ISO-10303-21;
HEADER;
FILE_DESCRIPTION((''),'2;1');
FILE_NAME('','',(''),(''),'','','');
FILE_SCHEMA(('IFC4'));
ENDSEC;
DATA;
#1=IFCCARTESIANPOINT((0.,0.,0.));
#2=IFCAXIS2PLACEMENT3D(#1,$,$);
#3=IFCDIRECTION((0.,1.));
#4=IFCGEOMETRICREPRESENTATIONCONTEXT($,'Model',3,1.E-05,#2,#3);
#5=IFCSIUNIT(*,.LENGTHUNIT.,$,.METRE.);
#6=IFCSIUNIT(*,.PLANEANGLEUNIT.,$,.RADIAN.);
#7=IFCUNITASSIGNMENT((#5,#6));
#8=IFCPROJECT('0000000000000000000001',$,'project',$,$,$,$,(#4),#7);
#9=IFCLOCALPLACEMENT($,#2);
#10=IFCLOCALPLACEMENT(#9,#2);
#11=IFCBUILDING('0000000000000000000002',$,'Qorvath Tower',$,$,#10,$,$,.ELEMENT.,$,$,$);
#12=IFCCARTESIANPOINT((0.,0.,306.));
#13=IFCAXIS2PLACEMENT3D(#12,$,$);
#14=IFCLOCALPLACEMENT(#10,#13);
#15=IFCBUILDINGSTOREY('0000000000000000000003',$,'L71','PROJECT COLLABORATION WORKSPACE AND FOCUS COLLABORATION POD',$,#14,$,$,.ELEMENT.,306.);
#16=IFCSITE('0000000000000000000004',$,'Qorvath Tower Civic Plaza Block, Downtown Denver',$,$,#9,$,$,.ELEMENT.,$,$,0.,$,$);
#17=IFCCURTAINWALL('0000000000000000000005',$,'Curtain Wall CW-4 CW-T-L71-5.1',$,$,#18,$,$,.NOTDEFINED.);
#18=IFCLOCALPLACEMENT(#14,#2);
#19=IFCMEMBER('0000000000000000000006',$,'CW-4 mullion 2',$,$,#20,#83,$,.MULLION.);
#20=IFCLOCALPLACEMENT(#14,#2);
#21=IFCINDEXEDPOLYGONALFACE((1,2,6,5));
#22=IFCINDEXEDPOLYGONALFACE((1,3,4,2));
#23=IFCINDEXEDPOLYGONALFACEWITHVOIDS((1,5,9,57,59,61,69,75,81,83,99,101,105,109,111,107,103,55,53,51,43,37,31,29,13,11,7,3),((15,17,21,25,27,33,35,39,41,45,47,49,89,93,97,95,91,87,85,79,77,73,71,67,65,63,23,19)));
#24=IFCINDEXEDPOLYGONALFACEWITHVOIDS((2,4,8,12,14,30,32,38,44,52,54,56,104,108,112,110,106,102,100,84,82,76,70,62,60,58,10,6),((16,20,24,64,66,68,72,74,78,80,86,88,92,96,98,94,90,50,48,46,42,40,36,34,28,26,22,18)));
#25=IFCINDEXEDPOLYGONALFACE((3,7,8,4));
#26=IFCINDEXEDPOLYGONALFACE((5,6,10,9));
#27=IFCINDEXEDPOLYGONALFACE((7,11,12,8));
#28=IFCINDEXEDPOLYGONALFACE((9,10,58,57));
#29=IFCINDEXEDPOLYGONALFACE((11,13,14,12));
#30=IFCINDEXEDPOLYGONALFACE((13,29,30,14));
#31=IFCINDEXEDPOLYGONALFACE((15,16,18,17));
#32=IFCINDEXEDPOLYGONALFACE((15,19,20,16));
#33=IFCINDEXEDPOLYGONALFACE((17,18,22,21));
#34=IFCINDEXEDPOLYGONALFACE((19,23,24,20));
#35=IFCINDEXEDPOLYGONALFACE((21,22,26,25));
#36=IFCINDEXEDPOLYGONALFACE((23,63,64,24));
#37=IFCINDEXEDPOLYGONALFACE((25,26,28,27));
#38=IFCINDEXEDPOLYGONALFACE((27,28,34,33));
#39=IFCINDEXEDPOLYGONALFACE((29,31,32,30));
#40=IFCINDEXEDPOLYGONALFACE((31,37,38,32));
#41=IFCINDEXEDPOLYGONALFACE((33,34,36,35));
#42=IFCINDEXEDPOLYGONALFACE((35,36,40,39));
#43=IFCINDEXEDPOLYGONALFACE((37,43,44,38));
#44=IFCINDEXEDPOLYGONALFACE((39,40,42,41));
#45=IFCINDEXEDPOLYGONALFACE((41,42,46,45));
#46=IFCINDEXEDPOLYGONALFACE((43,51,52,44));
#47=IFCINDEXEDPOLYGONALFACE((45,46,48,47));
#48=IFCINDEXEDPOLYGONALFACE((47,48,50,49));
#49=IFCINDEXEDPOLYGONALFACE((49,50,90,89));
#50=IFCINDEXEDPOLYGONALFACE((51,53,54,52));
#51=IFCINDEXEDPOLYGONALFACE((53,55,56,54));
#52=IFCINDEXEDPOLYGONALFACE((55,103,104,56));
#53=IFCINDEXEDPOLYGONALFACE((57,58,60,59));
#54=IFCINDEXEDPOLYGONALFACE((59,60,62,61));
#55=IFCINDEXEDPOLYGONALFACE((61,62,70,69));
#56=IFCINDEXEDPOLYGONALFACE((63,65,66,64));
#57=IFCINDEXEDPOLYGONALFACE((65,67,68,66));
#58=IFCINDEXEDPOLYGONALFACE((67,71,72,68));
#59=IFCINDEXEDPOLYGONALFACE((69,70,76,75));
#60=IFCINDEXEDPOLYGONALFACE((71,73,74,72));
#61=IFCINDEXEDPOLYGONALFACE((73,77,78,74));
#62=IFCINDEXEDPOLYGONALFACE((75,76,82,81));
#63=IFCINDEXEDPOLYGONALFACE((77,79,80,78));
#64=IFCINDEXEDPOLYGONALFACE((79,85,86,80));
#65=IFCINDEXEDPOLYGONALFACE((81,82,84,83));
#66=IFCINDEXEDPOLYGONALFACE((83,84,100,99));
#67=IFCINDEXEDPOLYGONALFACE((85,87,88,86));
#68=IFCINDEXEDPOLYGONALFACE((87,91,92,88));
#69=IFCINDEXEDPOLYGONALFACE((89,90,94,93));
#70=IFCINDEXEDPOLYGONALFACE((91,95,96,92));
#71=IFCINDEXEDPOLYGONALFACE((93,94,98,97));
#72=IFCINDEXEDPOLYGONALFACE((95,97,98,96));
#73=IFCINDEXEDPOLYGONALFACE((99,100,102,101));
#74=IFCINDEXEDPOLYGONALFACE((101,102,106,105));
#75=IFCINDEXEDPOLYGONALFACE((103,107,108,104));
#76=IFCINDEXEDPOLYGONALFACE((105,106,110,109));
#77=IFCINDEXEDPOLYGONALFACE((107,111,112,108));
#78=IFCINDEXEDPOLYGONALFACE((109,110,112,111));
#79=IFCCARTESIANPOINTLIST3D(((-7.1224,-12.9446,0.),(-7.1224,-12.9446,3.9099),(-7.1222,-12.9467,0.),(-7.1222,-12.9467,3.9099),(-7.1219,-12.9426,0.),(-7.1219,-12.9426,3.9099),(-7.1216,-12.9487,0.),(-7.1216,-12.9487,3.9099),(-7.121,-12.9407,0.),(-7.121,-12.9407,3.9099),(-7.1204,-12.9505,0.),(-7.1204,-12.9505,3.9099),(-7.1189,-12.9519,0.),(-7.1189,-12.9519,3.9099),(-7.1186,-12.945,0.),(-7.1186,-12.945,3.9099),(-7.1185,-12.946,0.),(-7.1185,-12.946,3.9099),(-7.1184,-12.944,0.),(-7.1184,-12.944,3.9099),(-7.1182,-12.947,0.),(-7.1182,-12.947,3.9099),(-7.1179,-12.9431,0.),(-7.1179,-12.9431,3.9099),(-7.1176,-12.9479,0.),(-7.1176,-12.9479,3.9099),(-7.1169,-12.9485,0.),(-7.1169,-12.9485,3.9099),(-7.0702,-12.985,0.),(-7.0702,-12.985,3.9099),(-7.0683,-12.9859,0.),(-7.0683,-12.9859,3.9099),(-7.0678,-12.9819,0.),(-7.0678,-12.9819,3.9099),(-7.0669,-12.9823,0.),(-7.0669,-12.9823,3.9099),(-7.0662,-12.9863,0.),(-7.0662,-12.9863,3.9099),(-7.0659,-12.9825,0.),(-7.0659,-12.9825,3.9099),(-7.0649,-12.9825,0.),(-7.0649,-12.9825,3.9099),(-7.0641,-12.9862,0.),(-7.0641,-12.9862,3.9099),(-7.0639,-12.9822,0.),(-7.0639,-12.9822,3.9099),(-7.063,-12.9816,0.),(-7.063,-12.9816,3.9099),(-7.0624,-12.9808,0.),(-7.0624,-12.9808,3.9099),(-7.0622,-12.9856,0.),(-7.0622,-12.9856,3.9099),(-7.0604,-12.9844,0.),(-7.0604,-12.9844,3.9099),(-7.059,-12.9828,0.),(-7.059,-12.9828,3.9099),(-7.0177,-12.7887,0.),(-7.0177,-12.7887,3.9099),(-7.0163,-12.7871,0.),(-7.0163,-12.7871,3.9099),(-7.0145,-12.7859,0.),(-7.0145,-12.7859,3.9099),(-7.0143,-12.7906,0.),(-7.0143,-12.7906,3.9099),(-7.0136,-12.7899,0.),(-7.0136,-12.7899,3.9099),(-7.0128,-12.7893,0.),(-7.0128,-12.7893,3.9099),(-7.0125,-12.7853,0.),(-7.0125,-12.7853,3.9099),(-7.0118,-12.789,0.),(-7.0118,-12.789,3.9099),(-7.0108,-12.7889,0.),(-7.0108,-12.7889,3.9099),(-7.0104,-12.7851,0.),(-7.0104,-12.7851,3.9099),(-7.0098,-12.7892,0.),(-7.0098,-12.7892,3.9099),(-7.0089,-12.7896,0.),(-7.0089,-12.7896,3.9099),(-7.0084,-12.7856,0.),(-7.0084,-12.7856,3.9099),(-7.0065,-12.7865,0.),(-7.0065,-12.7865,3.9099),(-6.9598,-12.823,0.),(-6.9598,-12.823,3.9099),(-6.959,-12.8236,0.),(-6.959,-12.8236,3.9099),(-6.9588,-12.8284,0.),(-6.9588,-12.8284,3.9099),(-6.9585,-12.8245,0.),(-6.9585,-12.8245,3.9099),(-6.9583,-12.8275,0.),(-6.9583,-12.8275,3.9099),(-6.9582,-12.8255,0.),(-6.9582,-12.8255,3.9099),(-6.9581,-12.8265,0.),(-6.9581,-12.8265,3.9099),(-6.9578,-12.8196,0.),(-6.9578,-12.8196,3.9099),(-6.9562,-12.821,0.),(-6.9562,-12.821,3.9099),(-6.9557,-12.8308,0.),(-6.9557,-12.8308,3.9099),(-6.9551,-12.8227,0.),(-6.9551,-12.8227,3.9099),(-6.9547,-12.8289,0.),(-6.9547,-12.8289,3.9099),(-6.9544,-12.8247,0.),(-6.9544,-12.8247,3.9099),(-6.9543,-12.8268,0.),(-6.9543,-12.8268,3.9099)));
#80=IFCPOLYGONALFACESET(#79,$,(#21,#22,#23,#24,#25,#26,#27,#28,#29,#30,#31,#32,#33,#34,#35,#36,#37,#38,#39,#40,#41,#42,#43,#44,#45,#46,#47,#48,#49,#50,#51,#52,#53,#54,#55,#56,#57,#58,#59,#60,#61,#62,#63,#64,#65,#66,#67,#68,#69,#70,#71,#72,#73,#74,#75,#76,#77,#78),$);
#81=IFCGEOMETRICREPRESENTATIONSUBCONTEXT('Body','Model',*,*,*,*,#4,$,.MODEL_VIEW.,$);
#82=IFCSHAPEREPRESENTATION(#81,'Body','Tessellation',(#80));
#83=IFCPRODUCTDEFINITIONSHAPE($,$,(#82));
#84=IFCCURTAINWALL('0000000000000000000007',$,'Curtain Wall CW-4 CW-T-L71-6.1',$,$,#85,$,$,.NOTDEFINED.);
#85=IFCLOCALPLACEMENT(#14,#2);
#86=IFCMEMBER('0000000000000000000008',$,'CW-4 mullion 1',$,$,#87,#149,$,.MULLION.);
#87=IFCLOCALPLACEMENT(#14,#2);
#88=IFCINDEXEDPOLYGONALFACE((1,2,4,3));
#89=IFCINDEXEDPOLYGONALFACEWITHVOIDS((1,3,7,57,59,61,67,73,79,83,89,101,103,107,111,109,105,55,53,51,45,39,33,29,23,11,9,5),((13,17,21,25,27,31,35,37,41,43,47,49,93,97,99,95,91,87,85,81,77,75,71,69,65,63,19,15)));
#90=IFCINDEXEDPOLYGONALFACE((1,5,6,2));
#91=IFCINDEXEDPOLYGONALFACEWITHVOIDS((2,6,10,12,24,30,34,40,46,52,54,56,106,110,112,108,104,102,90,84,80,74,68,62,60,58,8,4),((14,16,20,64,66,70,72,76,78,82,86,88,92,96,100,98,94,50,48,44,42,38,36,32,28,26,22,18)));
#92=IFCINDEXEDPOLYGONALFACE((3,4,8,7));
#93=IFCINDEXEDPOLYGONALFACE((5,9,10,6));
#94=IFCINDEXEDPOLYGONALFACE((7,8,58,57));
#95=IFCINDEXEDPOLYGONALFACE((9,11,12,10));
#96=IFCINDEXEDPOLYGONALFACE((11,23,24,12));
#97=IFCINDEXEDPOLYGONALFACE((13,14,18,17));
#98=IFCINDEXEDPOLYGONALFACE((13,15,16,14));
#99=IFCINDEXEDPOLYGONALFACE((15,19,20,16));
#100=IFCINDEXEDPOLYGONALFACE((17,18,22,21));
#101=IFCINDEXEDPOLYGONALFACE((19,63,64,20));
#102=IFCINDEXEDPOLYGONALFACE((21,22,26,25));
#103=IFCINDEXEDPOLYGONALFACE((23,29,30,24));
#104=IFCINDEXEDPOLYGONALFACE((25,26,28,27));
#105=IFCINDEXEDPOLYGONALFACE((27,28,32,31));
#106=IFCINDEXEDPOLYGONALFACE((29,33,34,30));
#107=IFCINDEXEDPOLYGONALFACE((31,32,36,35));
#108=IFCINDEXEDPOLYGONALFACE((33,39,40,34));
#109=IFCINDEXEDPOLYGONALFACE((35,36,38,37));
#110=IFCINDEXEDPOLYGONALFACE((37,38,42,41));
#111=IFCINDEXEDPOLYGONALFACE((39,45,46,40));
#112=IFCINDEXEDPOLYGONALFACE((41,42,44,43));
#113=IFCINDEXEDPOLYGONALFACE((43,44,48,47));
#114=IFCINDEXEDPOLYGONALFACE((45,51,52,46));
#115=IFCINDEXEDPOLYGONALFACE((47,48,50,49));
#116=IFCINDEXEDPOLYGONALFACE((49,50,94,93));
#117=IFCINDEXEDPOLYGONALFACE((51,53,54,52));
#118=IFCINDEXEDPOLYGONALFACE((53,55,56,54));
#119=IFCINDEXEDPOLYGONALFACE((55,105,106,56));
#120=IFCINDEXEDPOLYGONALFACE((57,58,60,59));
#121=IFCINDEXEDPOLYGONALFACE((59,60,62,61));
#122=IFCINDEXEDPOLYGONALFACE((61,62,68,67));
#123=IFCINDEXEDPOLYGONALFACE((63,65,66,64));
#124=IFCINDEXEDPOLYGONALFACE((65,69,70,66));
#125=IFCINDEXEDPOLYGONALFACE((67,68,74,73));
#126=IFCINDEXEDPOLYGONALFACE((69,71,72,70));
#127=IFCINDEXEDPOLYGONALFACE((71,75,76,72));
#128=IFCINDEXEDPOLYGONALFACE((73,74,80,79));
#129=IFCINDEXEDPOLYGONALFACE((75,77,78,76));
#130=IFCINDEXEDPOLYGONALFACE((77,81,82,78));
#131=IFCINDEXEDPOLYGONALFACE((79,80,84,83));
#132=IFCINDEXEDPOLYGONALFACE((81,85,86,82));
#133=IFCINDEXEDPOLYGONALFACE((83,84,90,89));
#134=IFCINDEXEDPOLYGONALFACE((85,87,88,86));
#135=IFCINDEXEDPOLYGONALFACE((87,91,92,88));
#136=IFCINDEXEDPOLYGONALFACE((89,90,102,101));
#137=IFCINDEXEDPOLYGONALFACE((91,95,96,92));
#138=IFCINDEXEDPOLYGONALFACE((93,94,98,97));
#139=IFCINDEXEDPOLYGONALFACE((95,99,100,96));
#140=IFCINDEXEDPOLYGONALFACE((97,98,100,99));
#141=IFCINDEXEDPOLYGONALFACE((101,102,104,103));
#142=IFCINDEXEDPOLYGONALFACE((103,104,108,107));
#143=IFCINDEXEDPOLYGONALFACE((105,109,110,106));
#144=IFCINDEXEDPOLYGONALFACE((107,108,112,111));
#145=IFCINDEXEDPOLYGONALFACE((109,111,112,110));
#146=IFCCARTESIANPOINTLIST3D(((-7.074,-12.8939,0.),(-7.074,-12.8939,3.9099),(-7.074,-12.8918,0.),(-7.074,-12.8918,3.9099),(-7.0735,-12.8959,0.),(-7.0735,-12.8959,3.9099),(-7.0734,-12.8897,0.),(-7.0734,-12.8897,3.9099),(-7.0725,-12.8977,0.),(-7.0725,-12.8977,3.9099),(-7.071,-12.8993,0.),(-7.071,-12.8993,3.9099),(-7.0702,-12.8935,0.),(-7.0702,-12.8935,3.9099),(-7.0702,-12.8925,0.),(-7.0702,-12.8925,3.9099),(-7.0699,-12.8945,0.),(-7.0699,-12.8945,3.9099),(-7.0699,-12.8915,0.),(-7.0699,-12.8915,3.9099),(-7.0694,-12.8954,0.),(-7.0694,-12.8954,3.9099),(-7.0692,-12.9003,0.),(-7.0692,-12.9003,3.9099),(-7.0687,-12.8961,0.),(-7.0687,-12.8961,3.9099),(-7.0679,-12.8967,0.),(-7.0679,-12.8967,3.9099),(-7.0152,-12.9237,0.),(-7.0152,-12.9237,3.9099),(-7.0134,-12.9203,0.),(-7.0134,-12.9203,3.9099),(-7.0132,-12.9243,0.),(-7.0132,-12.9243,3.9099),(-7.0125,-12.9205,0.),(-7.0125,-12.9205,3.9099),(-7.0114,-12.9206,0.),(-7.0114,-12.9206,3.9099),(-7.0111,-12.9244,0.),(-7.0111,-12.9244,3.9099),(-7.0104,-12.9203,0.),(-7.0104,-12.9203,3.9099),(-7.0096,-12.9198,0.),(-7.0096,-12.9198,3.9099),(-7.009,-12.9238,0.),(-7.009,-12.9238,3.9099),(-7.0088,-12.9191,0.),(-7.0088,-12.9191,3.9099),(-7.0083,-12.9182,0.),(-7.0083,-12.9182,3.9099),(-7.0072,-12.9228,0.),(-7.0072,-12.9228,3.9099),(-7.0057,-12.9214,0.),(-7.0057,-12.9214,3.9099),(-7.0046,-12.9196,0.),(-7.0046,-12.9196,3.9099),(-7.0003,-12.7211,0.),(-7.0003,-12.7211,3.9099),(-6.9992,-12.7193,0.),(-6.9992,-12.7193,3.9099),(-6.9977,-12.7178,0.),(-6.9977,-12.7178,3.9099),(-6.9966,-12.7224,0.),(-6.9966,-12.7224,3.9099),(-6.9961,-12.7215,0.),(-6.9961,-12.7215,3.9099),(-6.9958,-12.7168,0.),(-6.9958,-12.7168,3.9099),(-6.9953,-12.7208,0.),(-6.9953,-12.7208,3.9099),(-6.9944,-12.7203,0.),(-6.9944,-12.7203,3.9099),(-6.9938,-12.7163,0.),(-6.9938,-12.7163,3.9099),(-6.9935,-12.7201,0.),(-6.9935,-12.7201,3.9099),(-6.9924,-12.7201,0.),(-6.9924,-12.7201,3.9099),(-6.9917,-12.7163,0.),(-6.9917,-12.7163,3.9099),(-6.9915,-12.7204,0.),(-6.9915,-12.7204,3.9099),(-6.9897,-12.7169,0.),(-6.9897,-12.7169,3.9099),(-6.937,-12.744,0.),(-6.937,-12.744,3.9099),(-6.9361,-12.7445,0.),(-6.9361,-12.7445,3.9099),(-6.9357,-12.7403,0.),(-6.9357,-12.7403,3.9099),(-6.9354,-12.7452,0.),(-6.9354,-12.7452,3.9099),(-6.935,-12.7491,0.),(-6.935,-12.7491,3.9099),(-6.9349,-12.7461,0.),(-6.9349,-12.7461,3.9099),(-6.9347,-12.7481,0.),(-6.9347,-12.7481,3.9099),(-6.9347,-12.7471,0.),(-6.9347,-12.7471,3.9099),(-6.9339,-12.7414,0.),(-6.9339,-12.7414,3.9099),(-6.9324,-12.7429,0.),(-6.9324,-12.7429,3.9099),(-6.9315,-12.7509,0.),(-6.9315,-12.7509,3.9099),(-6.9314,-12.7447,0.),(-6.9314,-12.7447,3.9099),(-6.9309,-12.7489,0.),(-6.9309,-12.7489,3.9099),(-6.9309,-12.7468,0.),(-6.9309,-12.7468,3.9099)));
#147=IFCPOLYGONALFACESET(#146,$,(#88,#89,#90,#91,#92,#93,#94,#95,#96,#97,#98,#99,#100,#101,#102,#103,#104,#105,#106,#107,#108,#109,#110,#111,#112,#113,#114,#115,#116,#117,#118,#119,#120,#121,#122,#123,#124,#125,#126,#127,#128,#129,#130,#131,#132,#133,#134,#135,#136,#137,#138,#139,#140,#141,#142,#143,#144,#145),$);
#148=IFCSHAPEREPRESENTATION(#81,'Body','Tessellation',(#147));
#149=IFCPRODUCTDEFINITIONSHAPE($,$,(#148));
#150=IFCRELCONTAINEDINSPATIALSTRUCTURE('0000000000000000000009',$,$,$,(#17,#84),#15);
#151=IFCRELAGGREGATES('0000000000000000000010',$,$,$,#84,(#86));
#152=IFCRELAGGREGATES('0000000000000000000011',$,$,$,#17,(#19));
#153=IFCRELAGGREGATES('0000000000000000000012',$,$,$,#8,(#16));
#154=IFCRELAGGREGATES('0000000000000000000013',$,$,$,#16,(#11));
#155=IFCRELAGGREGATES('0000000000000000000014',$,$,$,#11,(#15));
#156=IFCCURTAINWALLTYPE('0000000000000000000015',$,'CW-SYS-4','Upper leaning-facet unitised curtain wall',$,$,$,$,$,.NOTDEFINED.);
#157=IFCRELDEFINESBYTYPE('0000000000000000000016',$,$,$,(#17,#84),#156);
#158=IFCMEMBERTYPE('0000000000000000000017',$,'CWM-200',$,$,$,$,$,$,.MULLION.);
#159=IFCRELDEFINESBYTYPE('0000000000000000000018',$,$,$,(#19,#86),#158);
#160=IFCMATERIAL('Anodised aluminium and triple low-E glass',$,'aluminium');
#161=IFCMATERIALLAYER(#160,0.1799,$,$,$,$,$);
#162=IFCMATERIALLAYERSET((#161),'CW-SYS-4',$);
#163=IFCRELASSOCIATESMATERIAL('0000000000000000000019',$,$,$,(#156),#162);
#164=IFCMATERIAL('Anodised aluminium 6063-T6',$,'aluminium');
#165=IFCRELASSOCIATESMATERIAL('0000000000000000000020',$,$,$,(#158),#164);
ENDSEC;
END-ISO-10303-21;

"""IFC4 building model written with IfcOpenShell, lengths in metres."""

from ifc_helpers import new_model, si_unit, direction, frame, origin, origin_2d, place, context, subcontext, project, spatial, hollow_rectangle, extrude, material, layer, layer_set, material_profile, profile_set, type_object, element, aggregate, save


model = new_model("IFC4")

# Units and contexts
model_context = context("Model", 3, precision=1e-05, world=origin(), true_north=direction((0.0, 1.0)))
body_context = subcontext(model_context, "Body", "Model", "MODEL_VIEW")
ifc_project = project(units=[si_unit("LENGTHUNIT", "METRE"), si_unit("PLANEANGLEUNIT", "RADIAN")], contexts=[model_context])

# Site, building, storey
site_placement = place(None, origin())
site = spatial("IfcSite", under=ifc_project, at=site_placement, Name="Qorvath Tower Civic Plaza Block, Downtown Denver", CompositionType="ELEMENT", RefElevation=0.0)
building_placement = place(site_placement, origin())
building = spatial("IfcBuilding", under=site, at=building_placement, Name="Qorvath Tower", CompositionType="ELEMENT")
storey_placement = place(building_placement, frame((0.0, 0.0, 306.0)))
storey = spatial("IfcBuildingStorey", under=building, at=storey_placement, Name="L71", Description="PROJECT COLLABORATION WORKSPACE AND FOCUS COLLABORATION POD", CompositionType="ELEMENT", Elevation=306.0)

# Shared definitions
ifc_material_1 = material(Name="Anodised aluminium and triple low-E glass", Category="aluminium")
ifc_layer_1 = layer(ifc_material_1, 0.1799)
ifc_layer_set_1 = layer_set([ifc_layer_1], Name="CW-SYS-4")
curtain_wall_type = type_object("IfcCurtainWallType", Name="CW-SYS-4", Description="Upper leaning-facet unitised curtain wall", PredefinedType="NOTDEFINED", material=ifc_layer_set_1)
ifc_material_2 = material(Name="Anodised aluminium 6063-T6", Category="aluminium")
ifc_material_profile_1 = material_profile(ifc_material_2, hollow_rectangle(XDim=0.075, YDim=0.2, WallThickness=0.0039, InnerFilletRadius=0.0039, OuterFilletRadius=0.0081, at=origin_2d()), Name="CWM 200x75")
ifc_profile_set_1 = profile_set([ifc_material_profile_1], Name="Anodised aluminium 6063-T6")
member_type_1 = type_object("IfcMemberType", Name="CWM-200", PredefinedType="MULLION", material=ifc_profile_set_1)

# Curtain wall, member
curtain_wall_1_placement = place(storey_placement, origin())
curtain_wall_1 = element("IfcCurtainWall", 1, at=curtain_wall_1_placement, inside=storey, type_object=curtain_wall_type, Name="Curtain Wall CW-4 CW-T-L71-5.1", PredefinedType="NOTDEFINED")
member_1_placement = place(storey_placement, frame((-7.0383, -12.8857, 0.0), z_axis=(0.0, 0.0, 1.0), x_axis=(-0.827118, 0.562028, 0.0)))
member_1 = element("IfcMember", 2, at=member_1_placement, type_object=member_type_1, Name="CW-4 mullion 2", PredefinedType="MULLION", context=body_context, shape_type="SweptSolid", body=[
    extrude(hollow_rectangle(XDim=0.075, YDim=0.2, WallThickness=0.0039, InnerFilletRadius=0.0039, OuterFilletRadius=0.0081, at=origin_2d()), origin(), (0.0, 0.0, 1.0), 3.9099),
])

# Curtain wall, member
curtain_wall_2_placement = place(storey_placement, origin())
curtain_wall_2 = element("IfcCurtainWall", 3, at=curtain_wall_2_placement, inside=storey, type_object=curtain_wall_type, Name="Curtain Wall CW-4 CW-T-L71-6.1", PredefinedType="NOTDEFINED")
member_2_placement = place(storey_placement, frame((-7.0024, -12.8203, 0.0), z_axis=(0.0, 0.0, 1.0), x_axis=(-0.917513, 0.397707, 0.0)))
member_2 = element("IfcMember", 4, at=member_2_placement, type_object=member_type_1, Name="CW-4 mullion 1", PredefinedType="MULLION", context=body_context, shape_type="SweptSolid", body=[
    extrude(hollow_rectangle(XDim=0.075, YDim=0.2, WallThickness=0.0039, InnerFilletRadius=0.0039, OuterFilletRadius=0.0081, at=origin_2d()), origin(), (0.0, 0.0, 1.0), 3.9099),
])

aggregate(curtain_wall_2, [member_2])

aggregate(curtain_wall_1, [member_1])

save(model, "model.ifc")
